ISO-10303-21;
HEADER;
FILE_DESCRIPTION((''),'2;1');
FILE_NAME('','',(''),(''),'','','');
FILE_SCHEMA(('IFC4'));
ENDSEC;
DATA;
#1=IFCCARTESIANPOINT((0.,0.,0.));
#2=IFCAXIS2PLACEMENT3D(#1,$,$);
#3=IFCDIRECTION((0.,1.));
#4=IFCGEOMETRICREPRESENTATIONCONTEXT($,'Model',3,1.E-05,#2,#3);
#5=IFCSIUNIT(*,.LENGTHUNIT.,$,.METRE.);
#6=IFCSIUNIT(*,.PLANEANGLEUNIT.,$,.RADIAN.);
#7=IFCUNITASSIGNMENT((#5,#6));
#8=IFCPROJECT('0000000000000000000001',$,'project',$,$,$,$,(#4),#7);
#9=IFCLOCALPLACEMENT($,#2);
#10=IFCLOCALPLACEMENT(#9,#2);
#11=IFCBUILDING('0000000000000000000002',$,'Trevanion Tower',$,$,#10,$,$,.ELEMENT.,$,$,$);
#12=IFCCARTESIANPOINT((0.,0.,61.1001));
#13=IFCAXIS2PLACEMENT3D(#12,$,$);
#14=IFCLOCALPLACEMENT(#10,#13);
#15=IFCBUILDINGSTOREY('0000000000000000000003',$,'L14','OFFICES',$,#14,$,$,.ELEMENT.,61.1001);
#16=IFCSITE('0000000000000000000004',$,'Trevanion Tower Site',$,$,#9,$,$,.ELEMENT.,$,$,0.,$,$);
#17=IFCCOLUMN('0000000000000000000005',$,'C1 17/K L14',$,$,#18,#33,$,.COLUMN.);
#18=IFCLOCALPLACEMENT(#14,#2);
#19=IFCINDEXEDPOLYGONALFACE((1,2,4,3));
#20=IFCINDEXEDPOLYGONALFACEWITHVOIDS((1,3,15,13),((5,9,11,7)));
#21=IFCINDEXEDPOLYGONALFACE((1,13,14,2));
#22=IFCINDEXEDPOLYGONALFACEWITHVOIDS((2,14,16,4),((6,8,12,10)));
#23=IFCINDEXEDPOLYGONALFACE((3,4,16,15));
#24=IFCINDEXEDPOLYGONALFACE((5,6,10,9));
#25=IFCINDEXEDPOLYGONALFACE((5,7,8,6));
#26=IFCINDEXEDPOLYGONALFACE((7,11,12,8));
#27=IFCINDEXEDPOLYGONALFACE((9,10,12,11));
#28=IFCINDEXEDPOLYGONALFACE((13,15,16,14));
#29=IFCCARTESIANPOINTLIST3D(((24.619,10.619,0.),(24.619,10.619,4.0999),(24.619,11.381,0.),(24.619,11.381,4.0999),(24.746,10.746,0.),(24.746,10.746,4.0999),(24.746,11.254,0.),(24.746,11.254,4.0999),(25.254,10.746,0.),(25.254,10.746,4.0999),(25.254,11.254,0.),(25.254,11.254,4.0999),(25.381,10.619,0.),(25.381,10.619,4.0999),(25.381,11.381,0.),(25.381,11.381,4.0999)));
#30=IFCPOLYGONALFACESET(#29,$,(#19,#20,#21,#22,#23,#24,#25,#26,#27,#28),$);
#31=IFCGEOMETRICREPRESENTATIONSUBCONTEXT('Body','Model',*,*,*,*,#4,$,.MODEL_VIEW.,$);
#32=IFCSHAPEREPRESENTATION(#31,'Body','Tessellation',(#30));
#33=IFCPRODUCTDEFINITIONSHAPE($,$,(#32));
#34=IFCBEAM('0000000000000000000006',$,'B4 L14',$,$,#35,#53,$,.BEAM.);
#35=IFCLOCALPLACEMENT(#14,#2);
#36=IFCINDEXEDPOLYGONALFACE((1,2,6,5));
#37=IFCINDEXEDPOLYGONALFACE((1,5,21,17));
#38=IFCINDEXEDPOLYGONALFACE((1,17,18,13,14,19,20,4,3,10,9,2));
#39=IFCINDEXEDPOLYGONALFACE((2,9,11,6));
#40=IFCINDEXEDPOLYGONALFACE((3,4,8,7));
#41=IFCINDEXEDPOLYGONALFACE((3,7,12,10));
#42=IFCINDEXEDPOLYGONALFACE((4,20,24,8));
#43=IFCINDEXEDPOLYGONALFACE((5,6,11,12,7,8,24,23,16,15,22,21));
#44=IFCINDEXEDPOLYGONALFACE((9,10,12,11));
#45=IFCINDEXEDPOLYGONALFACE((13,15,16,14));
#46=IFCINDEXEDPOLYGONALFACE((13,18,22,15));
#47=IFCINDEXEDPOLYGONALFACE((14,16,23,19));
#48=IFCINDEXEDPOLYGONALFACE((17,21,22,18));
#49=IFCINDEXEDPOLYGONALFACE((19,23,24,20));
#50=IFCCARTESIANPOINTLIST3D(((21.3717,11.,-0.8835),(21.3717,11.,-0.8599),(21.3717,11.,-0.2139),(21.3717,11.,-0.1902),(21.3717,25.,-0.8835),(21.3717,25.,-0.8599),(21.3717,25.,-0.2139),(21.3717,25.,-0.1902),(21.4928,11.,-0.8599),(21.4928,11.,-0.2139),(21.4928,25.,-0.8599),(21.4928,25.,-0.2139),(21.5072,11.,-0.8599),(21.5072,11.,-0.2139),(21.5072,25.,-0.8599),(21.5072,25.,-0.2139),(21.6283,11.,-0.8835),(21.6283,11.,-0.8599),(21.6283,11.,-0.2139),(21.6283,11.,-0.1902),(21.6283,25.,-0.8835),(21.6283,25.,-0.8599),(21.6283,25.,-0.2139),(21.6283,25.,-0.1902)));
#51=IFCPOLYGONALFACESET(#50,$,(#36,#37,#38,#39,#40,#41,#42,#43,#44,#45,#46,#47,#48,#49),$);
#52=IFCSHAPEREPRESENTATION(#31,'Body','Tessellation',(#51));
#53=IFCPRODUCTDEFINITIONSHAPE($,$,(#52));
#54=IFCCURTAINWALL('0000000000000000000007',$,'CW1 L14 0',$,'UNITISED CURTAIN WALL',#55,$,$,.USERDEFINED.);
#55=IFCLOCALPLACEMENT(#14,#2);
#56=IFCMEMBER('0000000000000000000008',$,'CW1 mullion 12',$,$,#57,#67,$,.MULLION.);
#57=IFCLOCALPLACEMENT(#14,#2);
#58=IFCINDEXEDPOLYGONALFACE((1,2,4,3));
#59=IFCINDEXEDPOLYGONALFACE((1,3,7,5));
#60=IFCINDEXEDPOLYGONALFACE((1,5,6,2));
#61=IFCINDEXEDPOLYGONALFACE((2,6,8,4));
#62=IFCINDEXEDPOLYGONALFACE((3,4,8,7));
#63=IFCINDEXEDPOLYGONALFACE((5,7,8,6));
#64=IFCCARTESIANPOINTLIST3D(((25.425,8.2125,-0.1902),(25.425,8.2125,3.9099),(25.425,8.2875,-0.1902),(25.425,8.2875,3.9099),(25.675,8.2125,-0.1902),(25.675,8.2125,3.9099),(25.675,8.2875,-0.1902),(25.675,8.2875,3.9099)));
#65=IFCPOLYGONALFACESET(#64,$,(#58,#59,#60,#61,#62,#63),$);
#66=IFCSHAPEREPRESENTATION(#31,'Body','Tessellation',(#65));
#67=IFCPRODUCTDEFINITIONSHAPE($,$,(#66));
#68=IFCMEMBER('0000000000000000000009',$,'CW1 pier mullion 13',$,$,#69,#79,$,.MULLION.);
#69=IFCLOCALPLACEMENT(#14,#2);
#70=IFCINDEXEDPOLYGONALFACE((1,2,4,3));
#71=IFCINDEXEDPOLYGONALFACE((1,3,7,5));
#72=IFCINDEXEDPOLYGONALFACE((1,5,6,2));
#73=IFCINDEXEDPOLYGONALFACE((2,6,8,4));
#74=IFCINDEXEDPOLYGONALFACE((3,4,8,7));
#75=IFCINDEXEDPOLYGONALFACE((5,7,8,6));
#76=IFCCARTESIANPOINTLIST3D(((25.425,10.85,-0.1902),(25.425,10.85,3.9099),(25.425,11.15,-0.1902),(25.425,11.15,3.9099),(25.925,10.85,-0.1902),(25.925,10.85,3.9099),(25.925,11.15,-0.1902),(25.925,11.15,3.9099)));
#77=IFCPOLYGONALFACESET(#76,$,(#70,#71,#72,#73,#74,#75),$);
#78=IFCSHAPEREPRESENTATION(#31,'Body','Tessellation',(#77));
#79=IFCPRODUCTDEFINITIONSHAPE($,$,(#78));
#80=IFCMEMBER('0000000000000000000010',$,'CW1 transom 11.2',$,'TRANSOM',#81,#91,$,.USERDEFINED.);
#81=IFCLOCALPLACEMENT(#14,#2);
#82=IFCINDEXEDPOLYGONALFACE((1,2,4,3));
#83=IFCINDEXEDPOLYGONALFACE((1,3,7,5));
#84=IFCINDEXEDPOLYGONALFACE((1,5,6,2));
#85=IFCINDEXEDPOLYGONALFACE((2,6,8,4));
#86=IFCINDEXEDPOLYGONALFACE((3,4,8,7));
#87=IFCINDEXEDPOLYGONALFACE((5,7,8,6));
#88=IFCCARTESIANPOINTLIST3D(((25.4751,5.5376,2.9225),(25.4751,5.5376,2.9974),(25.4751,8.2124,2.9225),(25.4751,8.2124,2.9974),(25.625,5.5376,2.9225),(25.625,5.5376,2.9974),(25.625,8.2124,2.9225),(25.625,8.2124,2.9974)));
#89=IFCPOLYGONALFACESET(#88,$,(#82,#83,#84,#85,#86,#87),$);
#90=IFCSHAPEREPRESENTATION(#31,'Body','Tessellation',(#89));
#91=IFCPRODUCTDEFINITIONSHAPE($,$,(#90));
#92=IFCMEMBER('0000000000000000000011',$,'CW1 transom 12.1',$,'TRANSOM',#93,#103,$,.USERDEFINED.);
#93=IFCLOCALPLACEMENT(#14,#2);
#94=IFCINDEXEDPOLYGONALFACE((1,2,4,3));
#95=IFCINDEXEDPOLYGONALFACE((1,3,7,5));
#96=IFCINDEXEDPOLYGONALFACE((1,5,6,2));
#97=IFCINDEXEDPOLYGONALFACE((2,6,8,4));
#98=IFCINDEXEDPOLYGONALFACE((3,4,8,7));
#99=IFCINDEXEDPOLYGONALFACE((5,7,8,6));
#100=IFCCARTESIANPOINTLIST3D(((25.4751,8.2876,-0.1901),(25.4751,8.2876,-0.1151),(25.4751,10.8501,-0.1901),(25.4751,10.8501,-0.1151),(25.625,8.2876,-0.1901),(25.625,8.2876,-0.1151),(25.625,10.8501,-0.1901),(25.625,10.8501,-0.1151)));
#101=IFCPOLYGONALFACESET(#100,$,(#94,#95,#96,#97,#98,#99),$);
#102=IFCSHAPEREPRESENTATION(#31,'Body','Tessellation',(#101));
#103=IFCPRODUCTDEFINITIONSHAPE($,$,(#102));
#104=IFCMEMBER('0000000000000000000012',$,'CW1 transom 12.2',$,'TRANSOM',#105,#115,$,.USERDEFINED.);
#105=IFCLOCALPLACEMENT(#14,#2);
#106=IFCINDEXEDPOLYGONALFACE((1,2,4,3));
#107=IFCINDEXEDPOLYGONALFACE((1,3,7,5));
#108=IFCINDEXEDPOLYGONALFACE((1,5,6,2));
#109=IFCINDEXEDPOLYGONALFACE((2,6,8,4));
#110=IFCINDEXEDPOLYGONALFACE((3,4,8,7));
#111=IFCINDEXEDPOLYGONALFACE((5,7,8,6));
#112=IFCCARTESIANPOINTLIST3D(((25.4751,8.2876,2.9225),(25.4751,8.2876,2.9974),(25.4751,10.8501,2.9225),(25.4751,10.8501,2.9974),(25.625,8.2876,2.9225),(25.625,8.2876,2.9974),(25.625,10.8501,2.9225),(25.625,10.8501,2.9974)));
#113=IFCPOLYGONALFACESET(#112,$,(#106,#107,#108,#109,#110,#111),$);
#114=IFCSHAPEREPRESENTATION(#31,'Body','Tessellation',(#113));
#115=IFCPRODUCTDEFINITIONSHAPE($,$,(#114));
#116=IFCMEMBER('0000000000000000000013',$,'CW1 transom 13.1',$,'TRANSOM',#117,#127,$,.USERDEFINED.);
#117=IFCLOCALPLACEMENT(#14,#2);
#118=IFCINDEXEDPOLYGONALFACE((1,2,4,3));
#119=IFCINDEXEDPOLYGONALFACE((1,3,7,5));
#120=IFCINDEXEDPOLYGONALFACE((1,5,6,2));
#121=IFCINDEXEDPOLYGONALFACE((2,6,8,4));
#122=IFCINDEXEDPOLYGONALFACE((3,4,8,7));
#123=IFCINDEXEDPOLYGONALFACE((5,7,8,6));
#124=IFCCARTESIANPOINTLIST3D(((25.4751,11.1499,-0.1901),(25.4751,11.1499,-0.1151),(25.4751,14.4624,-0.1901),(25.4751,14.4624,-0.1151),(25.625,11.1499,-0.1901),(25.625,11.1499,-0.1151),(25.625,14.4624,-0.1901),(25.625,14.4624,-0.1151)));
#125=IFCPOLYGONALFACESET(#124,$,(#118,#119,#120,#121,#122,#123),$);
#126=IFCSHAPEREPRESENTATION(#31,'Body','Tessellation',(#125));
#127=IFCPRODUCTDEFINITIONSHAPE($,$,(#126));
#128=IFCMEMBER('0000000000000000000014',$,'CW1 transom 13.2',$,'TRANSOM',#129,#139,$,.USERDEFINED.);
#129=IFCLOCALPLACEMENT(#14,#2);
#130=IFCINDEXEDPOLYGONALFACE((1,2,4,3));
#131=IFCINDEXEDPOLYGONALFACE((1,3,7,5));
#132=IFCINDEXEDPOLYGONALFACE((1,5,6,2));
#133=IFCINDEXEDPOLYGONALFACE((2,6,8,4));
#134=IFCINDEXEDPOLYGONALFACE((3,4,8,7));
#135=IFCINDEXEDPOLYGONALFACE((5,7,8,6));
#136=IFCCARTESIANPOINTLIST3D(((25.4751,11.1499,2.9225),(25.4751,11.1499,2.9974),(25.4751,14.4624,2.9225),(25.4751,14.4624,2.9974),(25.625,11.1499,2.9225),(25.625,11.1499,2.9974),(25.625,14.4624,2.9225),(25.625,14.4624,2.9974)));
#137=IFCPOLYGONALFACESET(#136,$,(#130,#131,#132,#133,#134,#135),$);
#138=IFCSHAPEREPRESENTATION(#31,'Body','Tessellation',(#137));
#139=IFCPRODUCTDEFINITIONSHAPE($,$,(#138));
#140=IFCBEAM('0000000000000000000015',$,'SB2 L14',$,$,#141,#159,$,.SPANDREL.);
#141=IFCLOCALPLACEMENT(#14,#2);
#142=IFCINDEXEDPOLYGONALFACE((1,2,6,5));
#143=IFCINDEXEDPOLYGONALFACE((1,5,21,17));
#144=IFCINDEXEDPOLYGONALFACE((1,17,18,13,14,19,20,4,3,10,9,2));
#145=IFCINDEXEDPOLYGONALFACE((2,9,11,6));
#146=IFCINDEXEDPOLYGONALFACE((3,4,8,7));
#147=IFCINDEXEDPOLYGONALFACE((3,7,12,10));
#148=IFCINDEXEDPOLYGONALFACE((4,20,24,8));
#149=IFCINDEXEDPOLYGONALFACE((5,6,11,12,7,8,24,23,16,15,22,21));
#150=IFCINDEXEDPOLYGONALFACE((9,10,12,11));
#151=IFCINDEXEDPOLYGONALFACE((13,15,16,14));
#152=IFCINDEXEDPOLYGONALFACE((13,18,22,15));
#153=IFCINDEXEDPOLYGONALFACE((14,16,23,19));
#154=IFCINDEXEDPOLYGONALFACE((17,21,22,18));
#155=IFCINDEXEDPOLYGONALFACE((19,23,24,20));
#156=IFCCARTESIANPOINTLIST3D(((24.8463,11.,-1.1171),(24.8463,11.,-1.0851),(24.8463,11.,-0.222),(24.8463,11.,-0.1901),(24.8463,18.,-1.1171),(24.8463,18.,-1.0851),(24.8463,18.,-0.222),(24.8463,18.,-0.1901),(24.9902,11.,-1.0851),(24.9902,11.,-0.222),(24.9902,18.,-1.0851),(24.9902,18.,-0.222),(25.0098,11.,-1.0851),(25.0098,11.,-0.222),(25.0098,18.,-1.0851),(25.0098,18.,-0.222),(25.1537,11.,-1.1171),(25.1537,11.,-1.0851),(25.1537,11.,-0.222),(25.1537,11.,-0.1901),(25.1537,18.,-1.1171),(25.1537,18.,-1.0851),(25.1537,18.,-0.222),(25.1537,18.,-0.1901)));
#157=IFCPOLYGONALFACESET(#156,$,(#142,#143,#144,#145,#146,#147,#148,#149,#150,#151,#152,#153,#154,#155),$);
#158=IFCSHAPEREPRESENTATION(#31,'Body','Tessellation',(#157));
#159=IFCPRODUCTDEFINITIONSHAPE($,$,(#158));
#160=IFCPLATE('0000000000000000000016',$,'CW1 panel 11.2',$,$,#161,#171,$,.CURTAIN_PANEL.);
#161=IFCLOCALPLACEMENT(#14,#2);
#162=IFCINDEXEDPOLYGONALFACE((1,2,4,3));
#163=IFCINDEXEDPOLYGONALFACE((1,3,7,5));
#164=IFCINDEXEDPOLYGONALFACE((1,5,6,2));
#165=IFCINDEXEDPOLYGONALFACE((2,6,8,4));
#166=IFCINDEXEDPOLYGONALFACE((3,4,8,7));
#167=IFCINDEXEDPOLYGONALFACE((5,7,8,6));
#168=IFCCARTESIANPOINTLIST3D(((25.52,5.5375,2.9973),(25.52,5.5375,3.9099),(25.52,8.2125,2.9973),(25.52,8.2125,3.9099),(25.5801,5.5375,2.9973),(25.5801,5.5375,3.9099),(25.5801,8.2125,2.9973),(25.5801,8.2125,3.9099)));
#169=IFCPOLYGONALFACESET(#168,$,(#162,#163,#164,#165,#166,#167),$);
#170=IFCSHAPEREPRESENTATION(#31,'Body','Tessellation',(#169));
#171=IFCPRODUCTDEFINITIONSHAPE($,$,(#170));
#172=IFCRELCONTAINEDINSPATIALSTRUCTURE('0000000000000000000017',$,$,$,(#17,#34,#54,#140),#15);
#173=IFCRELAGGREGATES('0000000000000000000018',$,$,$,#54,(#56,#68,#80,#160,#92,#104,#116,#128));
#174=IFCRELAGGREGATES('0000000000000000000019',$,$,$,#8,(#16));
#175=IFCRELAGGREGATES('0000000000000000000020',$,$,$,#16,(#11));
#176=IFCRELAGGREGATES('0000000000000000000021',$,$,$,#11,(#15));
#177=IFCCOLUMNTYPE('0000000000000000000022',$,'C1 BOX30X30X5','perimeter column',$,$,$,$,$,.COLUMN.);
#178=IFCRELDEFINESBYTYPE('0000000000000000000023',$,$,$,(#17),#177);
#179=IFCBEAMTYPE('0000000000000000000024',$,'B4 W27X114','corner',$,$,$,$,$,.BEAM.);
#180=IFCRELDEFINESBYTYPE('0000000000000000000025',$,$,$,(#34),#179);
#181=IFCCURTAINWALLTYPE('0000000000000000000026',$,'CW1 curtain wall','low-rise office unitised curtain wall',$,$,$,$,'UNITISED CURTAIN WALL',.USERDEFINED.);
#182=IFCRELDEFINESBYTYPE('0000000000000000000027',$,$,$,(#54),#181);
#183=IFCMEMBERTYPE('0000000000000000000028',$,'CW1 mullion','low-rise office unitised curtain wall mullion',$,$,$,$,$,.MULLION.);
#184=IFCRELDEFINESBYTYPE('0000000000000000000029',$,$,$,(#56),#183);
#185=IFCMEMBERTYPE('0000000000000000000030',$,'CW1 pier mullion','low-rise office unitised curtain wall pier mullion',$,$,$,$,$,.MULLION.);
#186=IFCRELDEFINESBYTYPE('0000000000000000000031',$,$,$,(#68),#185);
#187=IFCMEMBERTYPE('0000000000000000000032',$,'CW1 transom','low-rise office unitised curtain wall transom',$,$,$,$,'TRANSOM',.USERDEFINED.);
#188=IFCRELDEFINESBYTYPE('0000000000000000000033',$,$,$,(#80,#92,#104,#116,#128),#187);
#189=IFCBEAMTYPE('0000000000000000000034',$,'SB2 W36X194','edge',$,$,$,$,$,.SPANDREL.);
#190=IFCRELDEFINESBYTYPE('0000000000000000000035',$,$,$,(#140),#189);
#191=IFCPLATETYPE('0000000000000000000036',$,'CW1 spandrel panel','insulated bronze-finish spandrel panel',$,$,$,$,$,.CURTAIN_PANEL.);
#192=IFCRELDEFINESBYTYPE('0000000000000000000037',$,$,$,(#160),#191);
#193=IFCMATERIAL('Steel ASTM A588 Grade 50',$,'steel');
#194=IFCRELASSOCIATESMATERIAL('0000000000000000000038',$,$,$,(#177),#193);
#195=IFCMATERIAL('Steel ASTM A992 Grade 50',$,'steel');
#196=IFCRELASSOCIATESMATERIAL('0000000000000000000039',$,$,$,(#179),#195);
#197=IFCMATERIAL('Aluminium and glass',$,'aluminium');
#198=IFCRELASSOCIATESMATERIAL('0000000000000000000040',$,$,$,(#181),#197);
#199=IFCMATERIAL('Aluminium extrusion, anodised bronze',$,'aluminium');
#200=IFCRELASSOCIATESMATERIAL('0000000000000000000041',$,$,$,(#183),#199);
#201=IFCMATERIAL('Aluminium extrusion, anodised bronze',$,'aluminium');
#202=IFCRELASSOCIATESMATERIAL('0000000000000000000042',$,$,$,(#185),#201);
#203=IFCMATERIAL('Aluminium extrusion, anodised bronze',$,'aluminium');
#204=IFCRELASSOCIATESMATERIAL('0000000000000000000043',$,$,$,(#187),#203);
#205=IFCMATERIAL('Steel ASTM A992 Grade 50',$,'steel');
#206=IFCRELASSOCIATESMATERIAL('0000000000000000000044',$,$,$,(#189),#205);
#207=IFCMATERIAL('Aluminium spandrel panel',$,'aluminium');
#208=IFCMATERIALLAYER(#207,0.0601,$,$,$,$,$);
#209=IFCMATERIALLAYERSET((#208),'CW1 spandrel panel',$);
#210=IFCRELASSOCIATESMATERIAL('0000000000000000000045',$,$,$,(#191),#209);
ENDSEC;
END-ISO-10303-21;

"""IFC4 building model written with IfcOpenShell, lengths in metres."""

from ifc_helpers import new_model, si_unit, direction, frame, origin, origin_2d, place, context, subcontext, project, spatial, rectangle, hollow_rectangle, i_section, extrude, material, layer, layer_set, material_profile, profile_set, type_object, element, aggregate, save


model = new_model("IFC4")

# Units and contexts
model_context = context("Model", 3, precision=1e-05, world=origin(), true_north=direction((0.0, 1.0)))
body_context = subcontext(model_context, "Body", "Model", "MODEL_VIEW")
ifc_project = project(units=[si_unit("LENGTHUNIT", "METRE"), si_unit("PLANEANGLEUNIT", "RADIAN")], contexts=[model_context])

# Site, building, storey
site_placement = place(None, origin())
site = spatial("IfcSite", under=ifc_project, at=site_placement, Name="Trevanion Tower Site", CompositionType="ELEMENT", RefElevation=0.0)
building_placement = place(site_placement, origin())
building = spatial("IfcBuilding", under=site, at=building_placement, Name="Trevanion Tower", CompositionType="ELEMENT")
storey_placement = place(building_placement, frame((0.0, 0.0, 61.1001)))
storey = spatial("IfcBuildingStorey", under=building, at=storey_placement, Name="L14", Description="OFFICES", CompositionType="ELEMENT", Elevation=61.1001)

# Column
ifc_material_1 = material(Name="Steel ASTM A588 Grade 50", Category="steel")
ifc_material_profile_1 = material_profile(ifc_material_1, hollow_rectangle(XDim=0.762, YDim=0.762, WallThickness=0.127, at=origin_2d()), Name="BOX30X30X5")
ifc_profile_set_1 = profile_set([ifc_material_profile_1], Name="Steel ASTM A588 Grade 50")
column_type = type_object("IfcColumnType", Name="C1 BOX30X30X5", Description="perimeter column", PredefinedType="COLUMN", material=ifc_profile_set_1)
column_placement = place(storey_placement, frame((25.0, 11.0, 0.0), z_axis=(0.0, 0.0, 1.0), x_axis=(0.0, 1.0, 0.0)))
element("IfcColumn", 1, at=column_placement, inside=storey, type_object=column_type, Name="C1 17/K L14", PredefinedType="COLUMN", context=body_context, shape_type="SweptSolid", body=[
    extrude(hollow_rectangle(XDim=0.762, YDim=0.762, WallThickness=0.127, at=origin_2d()), origin(), (0.0, 0.0, 1.0), 4.0999),
])

# Beam
ifc_material_2 = material(Name="Steel ASTM A992 Grade 50", Category="steel")
ifc_material_profile_2 = material_profile(ifc_material_2, i_section(OverallWidth=0.2566, OverallDepth=0.6934, WebThickness=0.0144, FlangeThickness=0.0237, at=origin_2d()), Name="W27X114")
ifc_profile_set_2 = profile_set([ifc_material_profile_2], Name="Steel ASTM A992 Grade 50")
beam_type_1 = type_object("IfcBeamType", Name="B4 W27X114", Description="corner", PredefinedType="BEAM", material=ifc_profile_set_2)
beam_1_placement = place(storey_placement, frame((21.5, 11.0, -0.5369), z_axis=(0.0, 1.0, 0.0), x_axis=(-1.0, 0.0, 0.0)))
element("IfcBeam", 2, at=beam_1_placement, inside=storey, type_object=beam_type_1, Name="B4 L14", PredefinedType="BEAM", context=body_context, shape_type="SweptSolid", body=[
    extrude(i_section(OverallWidth=0.2566, OverallDepth=0.6934, WebThickness=0.0144, FlangeThickness=0.0237, at=origin_2d()), origin(), (0.0, 0.0, 1.0), 14.0),
])

# Curtain wall, members
ifc_material_3 = material(Name="Aluminium and glass", Category="aluminium")
curtain_wall_type = type_object("IfcCurtainWallType", Name="CW1 curtain wall", Description="low-rise office unitised curtain wall", ElementType="UNITISED CURTAIN WALL", PredefinedType="USERDEFINED", material=ifc_material_3)
curtain_wall_placement = place(storey_placement, origin())
curtain_wall = element("IfcCurtainWall", 3, at=curtain_wall_placement, inside=storey, type_object=curtain_wall_type, Name="CW1 L14 0", ObjectType="UNITISED CURTAIN WALL", PredefinedType="USERDEFINED")
ifc_material_4 = material(Name="Aluminium extrusion, anodised bronze", Category="aluminium")
ifc_material_profile_3 = material_profile(ifc_material_4, rectangle(XDim=0.075, YDim=0.25, at=origin_2d()), Name="CW1 mullion")
ifc_profile_set_3 = profile_set([ifc_material_profile_3], Name="Aluminium extrusion, anodised bronze")
member_type_1 = type_object("IfcMemberType", Name="CW1 mullion", Description="low-rise office unitised curtain wall mullion", PredefinedType="MULLION", material=ifc_profile_set_3)
member_1_placement = place(storey_placement, frame((25.55, 8.25, -0.1902), z_axis=(0.0, 0.0, 1.0), x_axis=(0.0, 1.0, 0.0)))
member_1 = element("IfcMember", 4, at=member_1_placement, type_object=member_type_1, Name="CW1 mullion 12", PredefinedType="MULLION", context=body_context, shape_type="SweptSolid", body=[
    extrude(rectangle(XDim=0.075, YDim=0.25, at=origin_2d()), origin(), (0.0, 0.0, 1.0), 4.1001),
])
ifc_material_5 = material(Name="Aluminium extrusion, anodised bronze", Category="aluminium")
ifc_material_profile_4 = material_profile(ifc_material_5, rectangle(XDim=0.3, YDim=0.5, at=origin_2d()), Name="CW1 pier mullion")
ifc_profile_set_4 = profile_set([ifc_material_profile_4], Name="Aluminium extrusion, anodised bronze")
member_type_2 = type_object("IfcMemberType", Name="CW1 pier mullion", Description="low-rise office unitised curtain wall pier mullion", PredefinedType="MULLION", material=ifc_profile_set_4)
member_2_placement = place(storey_placement, frame((25.675, 11.0, -0.1902), z_axis=(0.0, 0.0, 1.0), x_axis=(0.0, 1.0, 0.0)))
member_2 = element("IfcMember", 5, at=member_2_placement, type_object=member_type_2, Name="CW1 pier mullion 13", PredefinedType="MULLION", context=body_context, shape_type="SweptSolid", body=[
    extrude(rectangle(XDim=0.3, YDim=0.5, at=origin_2d()), origin(), (0.0, 0.0, 1.0), 4.1001),
])
ifc_material_6 = material(Name="Aluminium extrusion, anodised bronze", Category="aluminium")
ifc_material_profile_5 = material_profile(ifc_material_6, rectangle(XDim=0.1499, YDim=0.075, at=origin_2d()), Name="CW1 transom")
ifc_profile_set_5 = profile_set([ifc_material_profile_5], Name="Aluminium extrusion, anodised bronze")
member_type_3 = type_object("IfcMemberType", Name="CW1 transom", Description="low-rise office unitised curtain wall transom", ElementType="TRANSOM", PredefinedType="USERDEFINED", material=ifc_profile_set_5)
member_3_placement = place(storey_placement, frame((25.55, 5.5376, 2.96), z_axis=(0.0, 1.0, 0.0), x_axis=(-1.0, 0.0, 0.0)))
member_3 = element("IfcMember", 6, at=member_3_placement, type_object=member_type_3, Name="CW1 transom 11.2", ObjectType="TRANSOM", PredefinedType="USERDEFINED", context=body_context, shape_type="SweptSolid", body=[
    extrude(rectangle(XDim=0.1499, YDim=0.075, at=origin_2d()), origin(), (0.0, 0.0, 1.0), 2.6748),
])
member_4_placement = place(storey_placement, frame((25.55, 8.2876, -0.1526), z_axis=(0.0, 1.0, 0.0), x_axis=(-1.0, 0.0, 0.0)))
member_4 = element("IfcMember", 7, at=member_4_placement, type_object=member_type_3, Name="CW1 transom 12.1", ObjectType="TRANSOM", PredefinedType="USERDEFINED", context=body_context, shape_type="SweptSolid", body=[
    extrude(rectangle(XDim=0.1499, YDim=0.075, at=origin_2d()), origin(), (0.0, 0.0, 1.0), 2.5625),
])
member_5_placement = place(storey_placement, frame((25.55, 8.2876, 2.96), z_axis=(0.0, 1.0, 0.0), x_axis=(-1.0, 0.0, 0.0)))
member_5 = element("IfcMember", 8, at=member_5_placement, type_object=member_type_3, Name="CW1 transom 12.2", ObjectType="TRANSOM", PredefinedType="USERDEFINED", context=body_context, shape_type="SweptSolid", body=[
    extrude(rectangle(XDim=0.1499, YDim=0.075, at=origin_2d()), origin(), (0.0, 0.0, 1.0), 2.5625),
])
member_6_placement = place(storey_placement, frame((25.55, 11.1499, -0.1526), z_axis=(0.0, 1.0, 0.0), x_axis=(-1.0, 0.0, 0.0)))
member_6 = element("IfcMember", 9, at=member_6_placement, type_object=member_type_3, Name="CW1 transom 13.1", ObjectType="TRANSOM", PredefinedType="USERDEFINED", context=body_context, shape_type="SweptSolid", body=[
    extrude(rectangle(XDim=0.1499, YDim=0.075, at=origin_2d()), origin(), (0.0, 0.0, 1.0), 3.3125),
])
member_7_placement = place(storey_placement, frame((25.55, 11.1499, 2.96), z_axis=(0.0, 1.0, 0.0), x_axis=(-1.0, 0.0, 0.0)))
member_7 = element("IfcMember", 10, at=member_7_placement, type_object=member_type_3, Name="CW1 transom 13.2", ObjectType="TRANSOM", PredefinedType="USERDEFINED", context=body_context, shape_type="SweptSolid", body=[
    extrude(rectangle(XDim=0.1499, YDim=0.075, at=origin_2d()), origin(), (0.0, 0.0, 1.0), 3.3125),
])

# Beam
ifc_material_7 = material(Name="Steel ASTM A992 Grade 50", Category="steel")
ifc_material_profile_6 = material_profile(ifc_material_7, i_section(OverallWidth=0.3074, OverallDepth=0.927, WebThickness=0.0195, FlangeThickness=0.032, at=origin_2d()), Name="W36X194")
ifc_profile_set_6 = profile_set([ifc_material_profile_6], Name="Steel ASTM A992 Grade 50")
beam_type_2 = type_object("IfcBeamType", Name="SB2 W36X194", Description="edge", PredefinedType="SPANDREL", material=ifc_profile_set_6)
beam_2_placement = place(storey_placement, frame((25.0, 11.0, -0.6536), z_axis=(0.0, 1.0, 0.0), x_axis=(-1.0, 0.0, 0.0)))
element("IfcBeam", 11, at=beam_2_placement, inside=storey, type_object=beam_type_2, Name="SB2 L14", PredefinedType="SPANDREL", context=body_context, shape_type="SweptSolid", body=[
    extrude(i_section(OverallWidth=0.3074, OverallDepth=0.927, WebThickness=0.0195, FlangeThickness=0.032, at=origin_2d()), origin(), (0.0, 0.0, 1.0), 7.0),
])

# Plate
ifc_material_8 = material(Name="Aluminium spandrel panel", Category="aluminium")
ifc_layer_1 = layer(ifc_material_8, 0.0601)
ifc_layer_set_1 = layer_set([ifc_layer_1], Name="CW1 spandrel panel")
plate_type_1 = type_object("IfcPlateType", Name="CW1 spandrel panel", Description="insulated bronze-finish spandrel panel", PredefinedType="CURTAIN_PANEL", material=ifc_layer_set_1)
plate_1_placement = place(storey_placement, frame((25.55, 6.875, 2.9973), z_axis=(0.0, 0.0, 1.0), x_axis=(0.0, 1.0, 0.0)))
plate_1 = element("IfcPlate", 12, at=plate_1_placement, type_object=plate_type_1, Name="CW1 panel 11.2", PredefinedType="CURTAIN_PANEL", context=body_context, shape_type="SweptSolid", body=[
    extrude(rectangle(XDim=2.675, YDim=0.0601, at=origin_2d()), origin(), (0.0, 0.0, 1.0), 0.9126),
])
aggregate(curtain_wall, [member_1, member_2, member_3, plate_1, member_4, member_5, member_6, member_7])

save(model, "model.ifc")
